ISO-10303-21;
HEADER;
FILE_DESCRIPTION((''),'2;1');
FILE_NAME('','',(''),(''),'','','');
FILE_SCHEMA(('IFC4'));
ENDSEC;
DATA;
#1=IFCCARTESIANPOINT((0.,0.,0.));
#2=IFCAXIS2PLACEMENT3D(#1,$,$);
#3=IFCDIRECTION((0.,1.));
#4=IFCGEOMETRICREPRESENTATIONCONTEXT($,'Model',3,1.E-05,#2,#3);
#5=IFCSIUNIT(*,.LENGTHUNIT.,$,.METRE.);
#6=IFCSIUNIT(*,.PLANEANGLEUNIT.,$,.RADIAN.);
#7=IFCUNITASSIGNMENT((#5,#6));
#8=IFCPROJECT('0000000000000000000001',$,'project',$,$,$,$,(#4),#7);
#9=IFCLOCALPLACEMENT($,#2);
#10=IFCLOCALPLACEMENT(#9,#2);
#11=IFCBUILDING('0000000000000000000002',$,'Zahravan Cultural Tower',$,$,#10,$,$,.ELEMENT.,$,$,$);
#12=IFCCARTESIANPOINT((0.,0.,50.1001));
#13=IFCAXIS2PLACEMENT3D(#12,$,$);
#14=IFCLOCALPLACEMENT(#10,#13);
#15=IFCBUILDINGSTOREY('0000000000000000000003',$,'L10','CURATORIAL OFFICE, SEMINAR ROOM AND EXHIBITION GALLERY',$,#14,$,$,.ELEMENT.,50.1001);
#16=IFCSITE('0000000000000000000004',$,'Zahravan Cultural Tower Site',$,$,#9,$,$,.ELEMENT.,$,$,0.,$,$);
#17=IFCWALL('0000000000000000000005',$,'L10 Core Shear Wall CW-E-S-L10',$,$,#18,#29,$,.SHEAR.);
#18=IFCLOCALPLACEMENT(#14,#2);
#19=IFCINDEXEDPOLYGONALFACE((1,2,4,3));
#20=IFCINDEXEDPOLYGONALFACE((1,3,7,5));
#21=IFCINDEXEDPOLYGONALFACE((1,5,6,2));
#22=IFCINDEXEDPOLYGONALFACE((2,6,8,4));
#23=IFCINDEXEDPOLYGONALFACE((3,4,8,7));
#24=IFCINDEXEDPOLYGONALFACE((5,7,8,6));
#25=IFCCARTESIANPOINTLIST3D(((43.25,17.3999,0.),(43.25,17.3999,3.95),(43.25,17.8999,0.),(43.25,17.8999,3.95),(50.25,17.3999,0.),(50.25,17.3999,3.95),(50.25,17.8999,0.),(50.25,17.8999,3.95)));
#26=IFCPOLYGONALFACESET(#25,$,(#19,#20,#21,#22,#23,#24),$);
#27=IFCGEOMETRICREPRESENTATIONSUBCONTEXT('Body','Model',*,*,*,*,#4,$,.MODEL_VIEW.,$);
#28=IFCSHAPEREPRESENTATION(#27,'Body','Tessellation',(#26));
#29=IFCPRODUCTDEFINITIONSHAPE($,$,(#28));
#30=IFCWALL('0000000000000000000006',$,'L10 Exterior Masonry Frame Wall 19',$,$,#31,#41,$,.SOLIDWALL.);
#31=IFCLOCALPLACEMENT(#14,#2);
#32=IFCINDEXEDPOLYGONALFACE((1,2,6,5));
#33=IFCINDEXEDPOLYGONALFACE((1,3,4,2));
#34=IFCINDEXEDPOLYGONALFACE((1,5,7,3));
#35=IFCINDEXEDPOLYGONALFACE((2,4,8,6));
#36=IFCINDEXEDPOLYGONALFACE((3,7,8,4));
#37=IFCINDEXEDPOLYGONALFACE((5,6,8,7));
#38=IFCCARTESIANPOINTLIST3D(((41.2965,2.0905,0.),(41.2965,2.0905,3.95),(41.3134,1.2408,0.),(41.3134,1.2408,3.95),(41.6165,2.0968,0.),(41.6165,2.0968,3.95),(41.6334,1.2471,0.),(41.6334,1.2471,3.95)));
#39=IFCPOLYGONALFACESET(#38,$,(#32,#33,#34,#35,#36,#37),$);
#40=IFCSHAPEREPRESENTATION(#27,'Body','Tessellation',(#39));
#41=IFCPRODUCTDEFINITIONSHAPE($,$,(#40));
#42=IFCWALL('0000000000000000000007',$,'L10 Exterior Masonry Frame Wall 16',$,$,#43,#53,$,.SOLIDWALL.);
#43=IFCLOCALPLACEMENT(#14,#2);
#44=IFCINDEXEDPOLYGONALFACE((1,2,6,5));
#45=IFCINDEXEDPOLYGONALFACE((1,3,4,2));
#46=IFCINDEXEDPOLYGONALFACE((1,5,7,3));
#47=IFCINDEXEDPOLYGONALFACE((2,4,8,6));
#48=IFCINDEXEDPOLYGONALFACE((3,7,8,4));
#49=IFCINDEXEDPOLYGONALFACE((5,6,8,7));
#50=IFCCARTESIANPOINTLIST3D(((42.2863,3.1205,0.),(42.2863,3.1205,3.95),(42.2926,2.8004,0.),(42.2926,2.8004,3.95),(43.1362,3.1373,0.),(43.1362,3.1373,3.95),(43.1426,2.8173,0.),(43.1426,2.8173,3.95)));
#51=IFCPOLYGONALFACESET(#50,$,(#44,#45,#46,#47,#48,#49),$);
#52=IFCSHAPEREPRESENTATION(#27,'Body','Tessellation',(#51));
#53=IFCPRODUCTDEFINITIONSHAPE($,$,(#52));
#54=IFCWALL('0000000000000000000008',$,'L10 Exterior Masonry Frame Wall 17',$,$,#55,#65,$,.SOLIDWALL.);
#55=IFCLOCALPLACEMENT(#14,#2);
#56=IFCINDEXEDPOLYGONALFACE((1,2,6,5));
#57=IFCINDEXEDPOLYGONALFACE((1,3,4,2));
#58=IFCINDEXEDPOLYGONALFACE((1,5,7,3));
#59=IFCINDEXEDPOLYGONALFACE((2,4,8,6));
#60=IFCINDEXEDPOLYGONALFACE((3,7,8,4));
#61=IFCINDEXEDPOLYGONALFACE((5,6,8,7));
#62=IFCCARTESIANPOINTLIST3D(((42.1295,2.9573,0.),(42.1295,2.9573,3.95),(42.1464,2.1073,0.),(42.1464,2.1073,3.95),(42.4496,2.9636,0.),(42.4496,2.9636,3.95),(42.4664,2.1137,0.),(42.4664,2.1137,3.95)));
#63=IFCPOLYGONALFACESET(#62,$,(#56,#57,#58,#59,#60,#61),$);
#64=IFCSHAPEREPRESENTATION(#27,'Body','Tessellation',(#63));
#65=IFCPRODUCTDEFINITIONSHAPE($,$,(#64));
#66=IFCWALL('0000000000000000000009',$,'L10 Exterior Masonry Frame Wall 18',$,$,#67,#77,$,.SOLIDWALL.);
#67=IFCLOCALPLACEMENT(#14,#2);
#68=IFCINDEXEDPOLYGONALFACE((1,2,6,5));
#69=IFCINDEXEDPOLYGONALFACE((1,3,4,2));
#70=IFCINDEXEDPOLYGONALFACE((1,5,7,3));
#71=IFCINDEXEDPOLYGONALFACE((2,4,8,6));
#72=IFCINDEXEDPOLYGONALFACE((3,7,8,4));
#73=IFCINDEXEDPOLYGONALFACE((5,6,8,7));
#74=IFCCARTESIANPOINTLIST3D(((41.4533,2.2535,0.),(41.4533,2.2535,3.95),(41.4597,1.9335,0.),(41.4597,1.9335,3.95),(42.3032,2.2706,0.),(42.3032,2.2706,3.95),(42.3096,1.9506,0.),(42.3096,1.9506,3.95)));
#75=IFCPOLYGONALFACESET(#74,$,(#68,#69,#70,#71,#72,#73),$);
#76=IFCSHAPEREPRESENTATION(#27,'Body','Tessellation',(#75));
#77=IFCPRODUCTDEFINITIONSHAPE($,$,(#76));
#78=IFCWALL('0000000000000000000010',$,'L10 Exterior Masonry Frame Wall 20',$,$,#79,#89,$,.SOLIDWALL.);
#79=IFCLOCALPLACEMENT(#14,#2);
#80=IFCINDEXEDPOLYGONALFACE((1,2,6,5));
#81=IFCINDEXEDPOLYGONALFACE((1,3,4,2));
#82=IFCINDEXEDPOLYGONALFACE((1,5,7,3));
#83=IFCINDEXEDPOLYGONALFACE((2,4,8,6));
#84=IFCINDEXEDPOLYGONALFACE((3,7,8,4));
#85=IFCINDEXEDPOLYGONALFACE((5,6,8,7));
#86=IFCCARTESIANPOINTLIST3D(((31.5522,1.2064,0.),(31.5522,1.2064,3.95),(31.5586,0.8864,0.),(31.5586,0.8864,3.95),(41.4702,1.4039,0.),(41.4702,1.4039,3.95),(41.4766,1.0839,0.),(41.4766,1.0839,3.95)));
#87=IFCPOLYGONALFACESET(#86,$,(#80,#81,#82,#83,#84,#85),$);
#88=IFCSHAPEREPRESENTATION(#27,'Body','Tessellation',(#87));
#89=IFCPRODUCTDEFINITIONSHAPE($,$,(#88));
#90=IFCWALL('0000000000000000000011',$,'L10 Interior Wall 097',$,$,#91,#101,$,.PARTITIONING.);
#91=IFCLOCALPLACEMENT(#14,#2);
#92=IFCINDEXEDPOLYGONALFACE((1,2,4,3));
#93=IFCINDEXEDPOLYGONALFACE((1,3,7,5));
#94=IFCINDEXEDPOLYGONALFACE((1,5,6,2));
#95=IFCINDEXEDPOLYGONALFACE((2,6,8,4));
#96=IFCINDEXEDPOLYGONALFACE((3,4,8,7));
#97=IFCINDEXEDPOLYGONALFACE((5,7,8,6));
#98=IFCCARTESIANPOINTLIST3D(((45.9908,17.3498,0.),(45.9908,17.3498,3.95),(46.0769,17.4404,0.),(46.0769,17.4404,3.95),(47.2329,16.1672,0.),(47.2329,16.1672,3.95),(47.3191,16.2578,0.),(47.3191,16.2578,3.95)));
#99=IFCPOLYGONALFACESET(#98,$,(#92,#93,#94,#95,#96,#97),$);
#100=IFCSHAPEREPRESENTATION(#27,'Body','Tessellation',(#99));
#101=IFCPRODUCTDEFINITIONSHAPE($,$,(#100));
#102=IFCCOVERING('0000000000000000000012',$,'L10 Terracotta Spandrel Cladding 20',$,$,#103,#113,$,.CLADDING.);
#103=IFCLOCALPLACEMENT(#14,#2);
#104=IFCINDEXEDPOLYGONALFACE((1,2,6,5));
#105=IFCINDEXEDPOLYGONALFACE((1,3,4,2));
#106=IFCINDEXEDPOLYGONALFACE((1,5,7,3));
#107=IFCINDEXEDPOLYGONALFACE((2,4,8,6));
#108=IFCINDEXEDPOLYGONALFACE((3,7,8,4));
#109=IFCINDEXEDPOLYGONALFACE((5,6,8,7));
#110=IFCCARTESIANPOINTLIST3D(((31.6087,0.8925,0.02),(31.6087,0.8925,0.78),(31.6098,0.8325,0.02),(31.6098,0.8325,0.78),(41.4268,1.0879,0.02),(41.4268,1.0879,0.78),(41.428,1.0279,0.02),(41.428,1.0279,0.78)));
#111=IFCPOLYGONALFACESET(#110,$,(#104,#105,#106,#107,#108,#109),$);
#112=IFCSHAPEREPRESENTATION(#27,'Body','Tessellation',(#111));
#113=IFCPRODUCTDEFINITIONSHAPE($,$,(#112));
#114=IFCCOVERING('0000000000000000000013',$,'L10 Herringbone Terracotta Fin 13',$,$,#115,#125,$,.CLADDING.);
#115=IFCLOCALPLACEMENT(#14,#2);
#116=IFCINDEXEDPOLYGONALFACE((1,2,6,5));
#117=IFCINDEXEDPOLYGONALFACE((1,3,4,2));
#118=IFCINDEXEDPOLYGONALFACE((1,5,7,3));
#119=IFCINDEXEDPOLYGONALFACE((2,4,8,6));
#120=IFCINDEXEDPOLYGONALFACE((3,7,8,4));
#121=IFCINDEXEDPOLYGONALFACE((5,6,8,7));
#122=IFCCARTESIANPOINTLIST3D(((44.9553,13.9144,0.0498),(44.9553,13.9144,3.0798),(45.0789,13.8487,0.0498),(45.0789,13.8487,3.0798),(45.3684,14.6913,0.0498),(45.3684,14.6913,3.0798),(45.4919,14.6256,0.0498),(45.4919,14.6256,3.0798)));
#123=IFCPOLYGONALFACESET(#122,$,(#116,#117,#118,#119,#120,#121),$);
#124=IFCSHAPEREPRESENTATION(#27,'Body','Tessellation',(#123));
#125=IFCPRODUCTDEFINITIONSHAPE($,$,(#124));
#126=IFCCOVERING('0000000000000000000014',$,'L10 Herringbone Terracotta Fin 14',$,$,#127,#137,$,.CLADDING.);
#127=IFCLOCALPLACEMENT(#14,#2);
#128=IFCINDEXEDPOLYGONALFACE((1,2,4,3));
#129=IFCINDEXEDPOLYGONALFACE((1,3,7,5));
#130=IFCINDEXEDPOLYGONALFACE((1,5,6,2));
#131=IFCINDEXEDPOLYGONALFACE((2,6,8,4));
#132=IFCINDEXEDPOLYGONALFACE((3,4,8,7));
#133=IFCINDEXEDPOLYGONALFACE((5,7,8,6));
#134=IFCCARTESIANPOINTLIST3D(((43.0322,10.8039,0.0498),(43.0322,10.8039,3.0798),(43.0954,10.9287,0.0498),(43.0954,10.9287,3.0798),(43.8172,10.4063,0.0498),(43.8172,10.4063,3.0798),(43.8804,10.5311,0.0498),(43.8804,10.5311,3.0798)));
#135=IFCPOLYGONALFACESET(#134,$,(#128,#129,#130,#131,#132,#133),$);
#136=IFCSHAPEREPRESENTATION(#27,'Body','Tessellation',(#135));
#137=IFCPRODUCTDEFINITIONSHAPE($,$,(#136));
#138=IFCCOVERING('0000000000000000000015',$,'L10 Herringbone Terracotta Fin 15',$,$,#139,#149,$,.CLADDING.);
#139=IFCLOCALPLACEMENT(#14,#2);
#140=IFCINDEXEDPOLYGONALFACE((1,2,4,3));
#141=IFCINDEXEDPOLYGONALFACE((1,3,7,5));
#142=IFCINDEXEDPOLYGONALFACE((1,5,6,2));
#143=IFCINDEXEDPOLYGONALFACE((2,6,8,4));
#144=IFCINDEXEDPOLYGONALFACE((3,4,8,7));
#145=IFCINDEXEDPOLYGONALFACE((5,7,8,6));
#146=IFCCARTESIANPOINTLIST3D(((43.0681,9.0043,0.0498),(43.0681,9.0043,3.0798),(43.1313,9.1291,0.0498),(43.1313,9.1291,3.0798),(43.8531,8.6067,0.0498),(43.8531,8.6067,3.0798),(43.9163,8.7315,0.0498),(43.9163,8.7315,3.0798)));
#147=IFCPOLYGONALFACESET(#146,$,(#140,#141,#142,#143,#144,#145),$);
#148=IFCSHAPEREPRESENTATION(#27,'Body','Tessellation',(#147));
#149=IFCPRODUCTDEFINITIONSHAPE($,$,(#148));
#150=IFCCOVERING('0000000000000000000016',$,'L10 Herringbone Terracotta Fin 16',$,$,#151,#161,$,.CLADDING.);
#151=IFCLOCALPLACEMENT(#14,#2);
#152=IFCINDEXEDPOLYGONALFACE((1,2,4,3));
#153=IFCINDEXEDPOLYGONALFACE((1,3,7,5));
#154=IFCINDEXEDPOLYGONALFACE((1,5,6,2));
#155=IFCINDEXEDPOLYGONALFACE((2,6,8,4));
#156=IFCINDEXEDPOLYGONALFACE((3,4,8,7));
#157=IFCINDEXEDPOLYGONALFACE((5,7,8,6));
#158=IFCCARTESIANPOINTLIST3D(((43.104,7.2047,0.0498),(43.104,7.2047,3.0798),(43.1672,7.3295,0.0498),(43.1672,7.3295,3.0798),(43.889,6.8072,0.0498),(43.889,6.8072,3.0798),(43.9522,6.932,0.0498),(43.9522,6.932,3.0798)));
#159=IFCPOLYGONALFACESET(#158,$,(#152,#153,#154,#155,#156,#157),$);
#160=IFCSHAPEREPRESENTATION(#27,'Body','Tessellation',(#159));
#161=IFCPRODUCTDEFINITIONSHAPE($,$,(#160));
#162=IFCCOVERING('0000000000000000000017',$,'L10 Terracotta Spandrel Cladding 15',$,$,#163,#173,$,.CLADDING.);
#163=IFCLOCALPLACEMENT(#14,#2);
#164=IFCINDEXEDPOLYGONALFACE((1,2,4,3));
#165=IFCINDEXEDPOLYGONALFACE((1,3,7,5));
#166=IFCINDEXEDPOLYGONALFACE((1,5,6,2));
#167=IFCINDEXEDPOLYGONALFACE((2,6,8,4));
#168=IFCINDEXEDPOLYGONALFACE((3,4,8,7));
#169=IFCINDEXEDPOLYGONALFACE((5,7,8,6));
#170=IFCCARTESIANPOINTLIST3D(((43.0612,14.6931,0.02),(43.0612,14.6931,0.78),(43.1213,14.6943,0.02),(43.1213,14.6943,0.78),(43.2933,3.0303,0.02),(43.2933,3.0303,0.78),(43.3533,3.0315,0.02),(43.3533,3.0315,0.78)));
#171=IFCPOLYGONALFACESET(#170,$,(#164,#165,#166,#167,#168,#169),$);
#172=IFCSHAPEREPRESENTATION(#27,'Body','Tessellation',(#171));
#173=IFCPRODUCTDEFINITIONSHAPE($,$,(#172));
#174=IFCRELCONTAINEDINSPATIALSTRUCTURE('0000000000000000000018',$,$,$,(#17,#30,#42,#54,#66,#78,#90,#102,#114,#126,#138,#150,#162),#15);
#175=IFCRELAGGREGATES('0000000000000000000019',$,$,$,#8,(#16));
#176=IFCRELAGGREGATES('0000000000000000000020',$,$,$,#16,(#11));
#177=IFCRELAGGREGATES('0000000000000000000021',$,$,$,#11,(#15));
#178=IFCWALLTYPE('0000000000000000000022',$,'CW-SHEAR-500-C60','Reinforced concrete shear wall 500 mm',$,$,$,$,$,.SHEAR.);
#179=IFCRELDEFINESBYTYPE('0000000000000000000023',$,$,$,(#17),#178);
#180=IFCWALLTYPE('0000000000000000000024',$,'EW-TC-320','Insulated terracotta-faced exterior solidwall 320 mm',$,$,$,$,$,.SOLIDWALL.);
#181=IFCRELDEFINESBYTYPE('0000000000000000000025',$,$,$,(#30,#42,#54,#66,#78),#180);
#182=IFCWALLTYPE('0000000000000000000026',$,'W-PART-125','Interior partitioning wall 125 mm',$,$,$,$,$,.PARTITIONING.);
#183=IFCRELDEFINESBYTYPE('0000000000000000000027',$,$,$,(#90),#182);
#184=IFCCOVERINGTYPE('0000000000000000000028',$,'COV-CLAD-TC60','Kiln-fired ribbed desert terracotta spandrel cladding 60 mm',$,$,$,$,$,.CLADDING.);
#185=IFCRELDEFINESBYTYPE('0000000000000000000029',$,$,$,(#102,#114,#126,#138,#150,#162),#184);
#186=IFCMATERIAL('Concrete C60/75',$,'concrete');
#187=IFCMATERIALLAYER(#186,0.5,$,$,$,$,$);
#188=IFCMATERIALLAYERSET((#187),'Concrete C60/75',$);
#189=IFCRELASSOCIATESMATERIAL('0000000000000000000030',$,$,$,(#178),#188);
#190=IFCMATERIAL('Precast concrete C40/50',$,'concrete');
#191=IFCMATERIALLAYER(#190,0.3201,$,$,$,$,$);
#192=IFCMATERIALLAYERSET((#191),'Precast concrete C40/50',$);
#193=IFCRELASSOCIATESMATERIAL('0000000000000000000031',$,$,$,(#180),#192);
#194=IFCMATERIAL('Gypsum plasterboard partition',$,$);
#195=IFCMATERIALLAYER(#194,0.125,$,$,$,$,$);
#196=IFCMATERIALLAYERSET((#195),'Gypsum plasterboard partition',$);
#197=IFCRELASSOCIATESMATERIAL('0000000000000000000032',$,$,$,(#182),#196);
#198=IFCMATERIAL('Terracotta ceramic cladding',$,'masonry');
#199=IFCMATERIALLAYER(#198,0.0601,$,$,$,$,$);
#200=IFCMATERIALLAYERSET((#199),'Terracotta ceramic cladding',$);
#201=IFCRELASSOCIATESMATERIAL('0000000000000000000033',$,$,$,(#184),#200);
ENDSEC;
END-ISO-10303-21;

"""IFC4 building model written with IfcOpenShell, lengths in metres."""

from ifc_helpers import new_model, si_unit, direction, frame, frame_2d, origin, origin_2d, place, context, subcontext, project, spatial, rectangle, extrude, source, transform, mapped, material, layer, layer_set, type_object, element, save


model = new_model("IFC4")

# Units and contexts
model_context = context("Model", 3, precision=1e-05, world=origin(), true_north=direction((0.0, 1.0)))
body_context = subcontext(model_context, "Body", "Model", "MODEL_VIEW")
ifc_project = project(units=[si_unit("LENGTHUNIT", "METRE"), si_unit("PLANEANGLEUNIT", "RADIAN")], contexts=[model_context])

# Site, building, storey
site_placement = place(None, origin())
site = spatial("IfcSite", under=ifc_project, at=site_placement, Name="Zahravan Cultural Tower Site", CompositionType="ELEMENT", RefElevation=0.0)
building_placement = place(site_placement, origin())
building = spatial("IfcBuilding", under=site, at=building_placement, Name="Zahravan Cultural Tower", CompositionType="ELEMENT")
storey_placement = place(building_placement, frame((0.0, 0.0, 50.1001)))
storey = spatial("IfcBuildingStorey", under=building, at=storey_placement, Name="L10", Description="CURATORIAL OFFICE, SEMINAR ROOM AND EXHIBITION GALLERY", CompositionType="ELEMENT", Elevation=50.1001)

# Shared definitions
ifc_material_1 = material(Name="Concrete C60/75", Category="concrete")

# Shared definitions
ifc_layer_1 = layer(ifc_material_1, 0.5)
ifc_layer_set_1 = layer_set([ifc_layer_1], Name="Concrete C60/75")
wall_type_1 = type_object("IfcWallType", Name="CW-SHEAR-500-C60", Description="Reinforced concrete shear wall 500 mm", PredefinedType="SHEAR", material=ifc_layer_set_1)

# Shared definitions
ifc_material_2 = material(Name="Precast concrete C40/50", Category="concrete")
ifc_layer_2 = layer(ifc_material_2, 0.3201)
ifc_layer_set_2 = layer_set([ifc_layer_2], Name="Precast concrete C40/50")
wall_type_2 = type_object("IfcWallType", Name="EW-TC-320", Description="Insulated terracotta-faced exterior solidwall 320 mm", PredefinedType="SOLIDWALL", material=ifc_layer_set_2)

# Walls
shared_shape_1 = source(origin(), body_context, "Body", "SweptSolid", [
    extrude(rectangle(XDim=7.0, YDim=0.5, at=frame_2d((3.5, 0.0))), origin(), (0.0, 0.0, 1.0), 3.95),
])
wall_1_placement = place(storey_placement, frame((43.25, 17.6499, 0.0), z_axis=(0.0, 0.0, 1.0), x_axis=(1.0, 0.0, 0.0)))
element("IfcWall", 1, at=wall_1_placement, inside=storey, type_object=wall_type_1, Name="L10 Core Shear Wall CW-E-S-L10", PredefinedType="SHEAR", context=body_context, shape_type="MappedRepresentation", body=[
    mapped(shared_shape_1, transform((0.0, 0.0, 0.0), x_axis=(1.0, 0.0, 0.0), y_axis=(0.0, 1.0, 0.0), z_axis=(0.0, 0.0, 1.0), scale=1.0)),
])
shared_shape_2 = source(origin(), body_context, "Body", "SweptSolid", [
    extrude(rectangle(XDim=0.8499, YDim=0.3201, at=frame_2d((0.4248, 0.0))), origin(), (0.0, 0.0, 1.0), 3.95),
])
wall_2_placement = place(storey_placement, frame((41.4565, 2.0935, 0.0), z_axis=(0.0, 0.0, 1.0), x_axis=(0.019824, -0.999803, 0.0)))
element("IfcWall", 2, at=wall_2_placement, inside=storey, type_object=wall_type_2, Name="L10 Exterior Masonry Frame Wall 19", PredefinedType="SOLIDWALL", context=body_context, shape_type="MappedRepresentation", body=[
    mapped(shared_shape_2, transform((0.0, 0.0, 0.0), x_axis=(1.0, 0.0, 0.0), y_axis=(0.0, 1.0, 0.0), z_axis=(0.0, 0.0, 1.0), scale=1.0)),
])
shared_shape_3 = source(origin(), body_context, "Body", "SweptSolid", [
    extrude(rectangle(XDim=0.8501, YDim=0.3201, at=frame_2d((0.425, 0.0))), origin(), (0.0, 0.0, 1.0), 3.95),
])
for number, where, z_axis, x_axis, name in (
    (3, (43.1394, 2.9773, 0.0), (0.0, 0.0, 1.0), (-0.999804, -0.019818, 0.0), "L10 Exterior Masonry Frame Wall 16"),
    (4, (42.2896, 2.9604, 0.0), (0.0, 0.0, 1.0), (0.019818, -0.999804, 0.0), "L10 Exterior Masonry Frame Wall 17"),
    (5, (42.3064, 2.1106, 0.0), (0.0, 0.0, 1.0), (-0.999798, -0.020105, 0.0), "L10 Exterior Masonry Frame Wall 18"),
):
    element("IfcWall", number, at=place(storey_placement, frame(where, z_axis=z_axis, x_axis=x_axis)), inside=storey, type_object=wall_type_2, Name=name, PredefinedType="SOLIDWALL", context=body_context, shape_type="MappedRepresentation", body=[
        mapped(shared_shape_3, transform((0.0, 0.0, 0.0), x_axis=(1.0, 0.0, 0.0), y_axis=(0.0, 1.0, 0.0), z_axis=(0.0, 0.0, 1.0), scale=1.0)),
    ])
shared_shape_4 = source(origin(), body_context, "Body", "SweptSolid", [
    extrude(rectangle(XDim=9.9199, YDim=0.3201, at=frame_2d((4.96, 0.0))), origin(), (0.0, 0.0, 1.0), 3.95),
])
wall_3_placement = place(storey_placement, frame((41.4734, 1.2439, 0.0), z_axis=(0.0, 0.0, 1.0), x_axis=(-0.999802, -0.01991, 0.0)))
element("IfcWall", 6, at=wall_3_placement, inside=storey, type_object=wall_type_2, Name="L10 Exterior Masonry Frame Wall 20", PredefinedType="SOLIDWALL", context=body_context, shape_type="MappedRepresentation", body=[
    mapped(shared_shape_4, transform((0.0, 0.0, 0.0), x_axis=(1.0, 0.0, 0.0), y_axis=(0.0, 1.0, 0.0), z_axis=(0.0, 0.0, 1.0), scale=1.0)),
])
ifc_material_3 = material(Name="Gypsum plasterboard partition")
ifc_layer_3 = layer(ifc_material_3, 0.125)
ifc_layer_set_3 = layer_set([ifc_layer_3], Name="Gypsum plasterboard partition")
wall_type_3 = type_object("IfcWallType", Name="W-PART-125", Description="Interior partitioning wall 125 mm", PredefinedType="PARTITIONING", material=ifc_layer_set_3)
shared_shape_5 = source(origin(), body_context, "Body", "SweptSolid", [
    extrude(rectangle(XDim=1.7151, YDim=0.125, at=frame_2d((0.8574, 0.0))), origin(), (0.0, 0.0, 1.0), 3.95),
])
wall_4_placement = place(storey_placement, frame((46.0339, 17.395, 0.0), z_axis=(0.0, 0.0, 1.0), x_axis=(0.72426, -0.689527, 0.0)))
element("IfcWall", 7, at=wall_4_placement, inside=storey, type_object=wall_type_3, Name="L10 Interior Wall 097", PredefinedType="PARTITIONING", context=body_context, shape_type="MappedRepresentation", body=[
    mapped(shared_shape_5, transform((0.0, 0.0, 0.0), x_axis=(1.0, 0.0, 0.0), y_axis=(0.0, 1.0, 0.0), z_axis=(0.0, 0.0, 1.0), scale=1.0)),
])

# Coverings
ifc_material_4 = material(Name="Terracotta ceramic cladding", Category="masonry")
ifc_layer_4 = layer(ifc_material_4, 0.0601)
ifc_layer_set_4 = layer_set([ifc_layer_4], Name="Terracotta ceramic cladding")
covering_type = type_object("IfcCoveringType", Name="COV-CLAD-TC60", Description="Kiln-fired ribbed desert terracotta spandrel cladding 60 mm", PredefinedType="CLADDING", material=ifc_layer_set_4)
shared_shape_6 = source(origin(), body_context, "Body", "SweptSolid", [
    extrude(rectangle(XDim=9.8201, YDim=0.0601, at=origin_2d()), origin(), (0.0, 0.0, 1.0), 0.76),
])
covering_1_placement = place(storey_placement, frame((36.5183, 0.9602, 0.02), z_axis=(0.0, 0.0, 1.0), x_axis=(-0.999802, -0.019895, 0.0)))
element("IfcCovering", 8, at=covering_1_placement, inside=storey, type_object=covering_type, Name="L10 Terracotta Spandrel Cladding 20", PredefinedType="CLADDING", context=body_context, shape_type="MappedRepresentation", body=[
    mapped(shared_shape_6, transform((0.0, 0.0, 0.0), x_axis=(1.0, 0.0, 0.0), y_axis=(0.0, 1.0, 0.0), z_axis=(0.0, 0.0, 1.0), scale=1.0)),
])
shared_shape_7 = source(origin(), body_context, "Body", "SweptSolid", [
    extrude(rectangle(XDim=0.8799, YDim=0.1399, at=origin_2d()), origin(), (0.0, 0.0, 1.0), 3.03),
])
for number, where, z_axis, x_axis, name in (
    (9, (45.2236, 14.27, 0.0498), (0.0, 0.0, 1.0), (-0.469472, -0.882948, 0.0), "L10 Herringbone Terracotta Fin 13"),
    (10, (43.4563, 10.6675, 0.0498), (0.0, 0.0, 1.0), (0.892113, -0.451812, 0.0), "L10 Herringbone Terracotta Fin 14"),
    (11, (43.4922, 8.8679, 0.0498), (0.0, 0.0, 1.0), (0.892113, -0.451812, 0.0), "L10 Herringbone Terracotta Fin 15"),
    (12, (43.5281, 7.0684, 0.0498), (0.0, 0.0, 1.0), (0.892113, -0.451812, 0.0), "L10 Herringbone Terracotta Fin 16"),
):
    element("IfcCovering", number, at=place(storey_placement, frame(where, z_axis=z_axis, x_axis=x_axis)), inside=storey, type_object=covering_type, Name=name, PredefinedType="CLADDING", context=body_context, shape_type="MappedRepresentation", body=[
        mapped(shared_shape_7, transform((0.0, 0.0, 0.0), x_axis=(1.0, 0.0, 0.0), y_axis=(0.0, 1.0, 0.0), z_axis=(0.0, 0.0, 1.0), scale=1.0)),
    ])
shared_shape_8 = source(origin(), body_context, "Body", "SweptSolid", [
    extrude(rectangle(XDim=11.665, YDim=0.0601, at=origin_2d()), origin(), (0.0, 0.0, 1.0), 0.76),
])
covering_2_placement = place(storey_placement, frame((43.2073, 8.8623, 0.02), z_axis=(0.0, 0.0, 1.0), x_axis=(0.019895, -0.999802, 0.0)))
element("IfcCovering", 13, at=covering_2_placement, inside=storey, type_object=covering_type, Name="L10 Terracotta Spandrel Cladding 15", PredefinedType="CLADDING", context=body_context, shape_type="MappedRepresentation", body=[
    mapped(shared_shape_8, transform((0.0, 0.0, 0.0), x_axis=(1.0, 0.0, 0.0), y_axis=(0.0, 1.0, 0.0), z_axis=(0.0, 0.0, 1.0), scale=1.0)),
])

save(model, "model.ifc")
